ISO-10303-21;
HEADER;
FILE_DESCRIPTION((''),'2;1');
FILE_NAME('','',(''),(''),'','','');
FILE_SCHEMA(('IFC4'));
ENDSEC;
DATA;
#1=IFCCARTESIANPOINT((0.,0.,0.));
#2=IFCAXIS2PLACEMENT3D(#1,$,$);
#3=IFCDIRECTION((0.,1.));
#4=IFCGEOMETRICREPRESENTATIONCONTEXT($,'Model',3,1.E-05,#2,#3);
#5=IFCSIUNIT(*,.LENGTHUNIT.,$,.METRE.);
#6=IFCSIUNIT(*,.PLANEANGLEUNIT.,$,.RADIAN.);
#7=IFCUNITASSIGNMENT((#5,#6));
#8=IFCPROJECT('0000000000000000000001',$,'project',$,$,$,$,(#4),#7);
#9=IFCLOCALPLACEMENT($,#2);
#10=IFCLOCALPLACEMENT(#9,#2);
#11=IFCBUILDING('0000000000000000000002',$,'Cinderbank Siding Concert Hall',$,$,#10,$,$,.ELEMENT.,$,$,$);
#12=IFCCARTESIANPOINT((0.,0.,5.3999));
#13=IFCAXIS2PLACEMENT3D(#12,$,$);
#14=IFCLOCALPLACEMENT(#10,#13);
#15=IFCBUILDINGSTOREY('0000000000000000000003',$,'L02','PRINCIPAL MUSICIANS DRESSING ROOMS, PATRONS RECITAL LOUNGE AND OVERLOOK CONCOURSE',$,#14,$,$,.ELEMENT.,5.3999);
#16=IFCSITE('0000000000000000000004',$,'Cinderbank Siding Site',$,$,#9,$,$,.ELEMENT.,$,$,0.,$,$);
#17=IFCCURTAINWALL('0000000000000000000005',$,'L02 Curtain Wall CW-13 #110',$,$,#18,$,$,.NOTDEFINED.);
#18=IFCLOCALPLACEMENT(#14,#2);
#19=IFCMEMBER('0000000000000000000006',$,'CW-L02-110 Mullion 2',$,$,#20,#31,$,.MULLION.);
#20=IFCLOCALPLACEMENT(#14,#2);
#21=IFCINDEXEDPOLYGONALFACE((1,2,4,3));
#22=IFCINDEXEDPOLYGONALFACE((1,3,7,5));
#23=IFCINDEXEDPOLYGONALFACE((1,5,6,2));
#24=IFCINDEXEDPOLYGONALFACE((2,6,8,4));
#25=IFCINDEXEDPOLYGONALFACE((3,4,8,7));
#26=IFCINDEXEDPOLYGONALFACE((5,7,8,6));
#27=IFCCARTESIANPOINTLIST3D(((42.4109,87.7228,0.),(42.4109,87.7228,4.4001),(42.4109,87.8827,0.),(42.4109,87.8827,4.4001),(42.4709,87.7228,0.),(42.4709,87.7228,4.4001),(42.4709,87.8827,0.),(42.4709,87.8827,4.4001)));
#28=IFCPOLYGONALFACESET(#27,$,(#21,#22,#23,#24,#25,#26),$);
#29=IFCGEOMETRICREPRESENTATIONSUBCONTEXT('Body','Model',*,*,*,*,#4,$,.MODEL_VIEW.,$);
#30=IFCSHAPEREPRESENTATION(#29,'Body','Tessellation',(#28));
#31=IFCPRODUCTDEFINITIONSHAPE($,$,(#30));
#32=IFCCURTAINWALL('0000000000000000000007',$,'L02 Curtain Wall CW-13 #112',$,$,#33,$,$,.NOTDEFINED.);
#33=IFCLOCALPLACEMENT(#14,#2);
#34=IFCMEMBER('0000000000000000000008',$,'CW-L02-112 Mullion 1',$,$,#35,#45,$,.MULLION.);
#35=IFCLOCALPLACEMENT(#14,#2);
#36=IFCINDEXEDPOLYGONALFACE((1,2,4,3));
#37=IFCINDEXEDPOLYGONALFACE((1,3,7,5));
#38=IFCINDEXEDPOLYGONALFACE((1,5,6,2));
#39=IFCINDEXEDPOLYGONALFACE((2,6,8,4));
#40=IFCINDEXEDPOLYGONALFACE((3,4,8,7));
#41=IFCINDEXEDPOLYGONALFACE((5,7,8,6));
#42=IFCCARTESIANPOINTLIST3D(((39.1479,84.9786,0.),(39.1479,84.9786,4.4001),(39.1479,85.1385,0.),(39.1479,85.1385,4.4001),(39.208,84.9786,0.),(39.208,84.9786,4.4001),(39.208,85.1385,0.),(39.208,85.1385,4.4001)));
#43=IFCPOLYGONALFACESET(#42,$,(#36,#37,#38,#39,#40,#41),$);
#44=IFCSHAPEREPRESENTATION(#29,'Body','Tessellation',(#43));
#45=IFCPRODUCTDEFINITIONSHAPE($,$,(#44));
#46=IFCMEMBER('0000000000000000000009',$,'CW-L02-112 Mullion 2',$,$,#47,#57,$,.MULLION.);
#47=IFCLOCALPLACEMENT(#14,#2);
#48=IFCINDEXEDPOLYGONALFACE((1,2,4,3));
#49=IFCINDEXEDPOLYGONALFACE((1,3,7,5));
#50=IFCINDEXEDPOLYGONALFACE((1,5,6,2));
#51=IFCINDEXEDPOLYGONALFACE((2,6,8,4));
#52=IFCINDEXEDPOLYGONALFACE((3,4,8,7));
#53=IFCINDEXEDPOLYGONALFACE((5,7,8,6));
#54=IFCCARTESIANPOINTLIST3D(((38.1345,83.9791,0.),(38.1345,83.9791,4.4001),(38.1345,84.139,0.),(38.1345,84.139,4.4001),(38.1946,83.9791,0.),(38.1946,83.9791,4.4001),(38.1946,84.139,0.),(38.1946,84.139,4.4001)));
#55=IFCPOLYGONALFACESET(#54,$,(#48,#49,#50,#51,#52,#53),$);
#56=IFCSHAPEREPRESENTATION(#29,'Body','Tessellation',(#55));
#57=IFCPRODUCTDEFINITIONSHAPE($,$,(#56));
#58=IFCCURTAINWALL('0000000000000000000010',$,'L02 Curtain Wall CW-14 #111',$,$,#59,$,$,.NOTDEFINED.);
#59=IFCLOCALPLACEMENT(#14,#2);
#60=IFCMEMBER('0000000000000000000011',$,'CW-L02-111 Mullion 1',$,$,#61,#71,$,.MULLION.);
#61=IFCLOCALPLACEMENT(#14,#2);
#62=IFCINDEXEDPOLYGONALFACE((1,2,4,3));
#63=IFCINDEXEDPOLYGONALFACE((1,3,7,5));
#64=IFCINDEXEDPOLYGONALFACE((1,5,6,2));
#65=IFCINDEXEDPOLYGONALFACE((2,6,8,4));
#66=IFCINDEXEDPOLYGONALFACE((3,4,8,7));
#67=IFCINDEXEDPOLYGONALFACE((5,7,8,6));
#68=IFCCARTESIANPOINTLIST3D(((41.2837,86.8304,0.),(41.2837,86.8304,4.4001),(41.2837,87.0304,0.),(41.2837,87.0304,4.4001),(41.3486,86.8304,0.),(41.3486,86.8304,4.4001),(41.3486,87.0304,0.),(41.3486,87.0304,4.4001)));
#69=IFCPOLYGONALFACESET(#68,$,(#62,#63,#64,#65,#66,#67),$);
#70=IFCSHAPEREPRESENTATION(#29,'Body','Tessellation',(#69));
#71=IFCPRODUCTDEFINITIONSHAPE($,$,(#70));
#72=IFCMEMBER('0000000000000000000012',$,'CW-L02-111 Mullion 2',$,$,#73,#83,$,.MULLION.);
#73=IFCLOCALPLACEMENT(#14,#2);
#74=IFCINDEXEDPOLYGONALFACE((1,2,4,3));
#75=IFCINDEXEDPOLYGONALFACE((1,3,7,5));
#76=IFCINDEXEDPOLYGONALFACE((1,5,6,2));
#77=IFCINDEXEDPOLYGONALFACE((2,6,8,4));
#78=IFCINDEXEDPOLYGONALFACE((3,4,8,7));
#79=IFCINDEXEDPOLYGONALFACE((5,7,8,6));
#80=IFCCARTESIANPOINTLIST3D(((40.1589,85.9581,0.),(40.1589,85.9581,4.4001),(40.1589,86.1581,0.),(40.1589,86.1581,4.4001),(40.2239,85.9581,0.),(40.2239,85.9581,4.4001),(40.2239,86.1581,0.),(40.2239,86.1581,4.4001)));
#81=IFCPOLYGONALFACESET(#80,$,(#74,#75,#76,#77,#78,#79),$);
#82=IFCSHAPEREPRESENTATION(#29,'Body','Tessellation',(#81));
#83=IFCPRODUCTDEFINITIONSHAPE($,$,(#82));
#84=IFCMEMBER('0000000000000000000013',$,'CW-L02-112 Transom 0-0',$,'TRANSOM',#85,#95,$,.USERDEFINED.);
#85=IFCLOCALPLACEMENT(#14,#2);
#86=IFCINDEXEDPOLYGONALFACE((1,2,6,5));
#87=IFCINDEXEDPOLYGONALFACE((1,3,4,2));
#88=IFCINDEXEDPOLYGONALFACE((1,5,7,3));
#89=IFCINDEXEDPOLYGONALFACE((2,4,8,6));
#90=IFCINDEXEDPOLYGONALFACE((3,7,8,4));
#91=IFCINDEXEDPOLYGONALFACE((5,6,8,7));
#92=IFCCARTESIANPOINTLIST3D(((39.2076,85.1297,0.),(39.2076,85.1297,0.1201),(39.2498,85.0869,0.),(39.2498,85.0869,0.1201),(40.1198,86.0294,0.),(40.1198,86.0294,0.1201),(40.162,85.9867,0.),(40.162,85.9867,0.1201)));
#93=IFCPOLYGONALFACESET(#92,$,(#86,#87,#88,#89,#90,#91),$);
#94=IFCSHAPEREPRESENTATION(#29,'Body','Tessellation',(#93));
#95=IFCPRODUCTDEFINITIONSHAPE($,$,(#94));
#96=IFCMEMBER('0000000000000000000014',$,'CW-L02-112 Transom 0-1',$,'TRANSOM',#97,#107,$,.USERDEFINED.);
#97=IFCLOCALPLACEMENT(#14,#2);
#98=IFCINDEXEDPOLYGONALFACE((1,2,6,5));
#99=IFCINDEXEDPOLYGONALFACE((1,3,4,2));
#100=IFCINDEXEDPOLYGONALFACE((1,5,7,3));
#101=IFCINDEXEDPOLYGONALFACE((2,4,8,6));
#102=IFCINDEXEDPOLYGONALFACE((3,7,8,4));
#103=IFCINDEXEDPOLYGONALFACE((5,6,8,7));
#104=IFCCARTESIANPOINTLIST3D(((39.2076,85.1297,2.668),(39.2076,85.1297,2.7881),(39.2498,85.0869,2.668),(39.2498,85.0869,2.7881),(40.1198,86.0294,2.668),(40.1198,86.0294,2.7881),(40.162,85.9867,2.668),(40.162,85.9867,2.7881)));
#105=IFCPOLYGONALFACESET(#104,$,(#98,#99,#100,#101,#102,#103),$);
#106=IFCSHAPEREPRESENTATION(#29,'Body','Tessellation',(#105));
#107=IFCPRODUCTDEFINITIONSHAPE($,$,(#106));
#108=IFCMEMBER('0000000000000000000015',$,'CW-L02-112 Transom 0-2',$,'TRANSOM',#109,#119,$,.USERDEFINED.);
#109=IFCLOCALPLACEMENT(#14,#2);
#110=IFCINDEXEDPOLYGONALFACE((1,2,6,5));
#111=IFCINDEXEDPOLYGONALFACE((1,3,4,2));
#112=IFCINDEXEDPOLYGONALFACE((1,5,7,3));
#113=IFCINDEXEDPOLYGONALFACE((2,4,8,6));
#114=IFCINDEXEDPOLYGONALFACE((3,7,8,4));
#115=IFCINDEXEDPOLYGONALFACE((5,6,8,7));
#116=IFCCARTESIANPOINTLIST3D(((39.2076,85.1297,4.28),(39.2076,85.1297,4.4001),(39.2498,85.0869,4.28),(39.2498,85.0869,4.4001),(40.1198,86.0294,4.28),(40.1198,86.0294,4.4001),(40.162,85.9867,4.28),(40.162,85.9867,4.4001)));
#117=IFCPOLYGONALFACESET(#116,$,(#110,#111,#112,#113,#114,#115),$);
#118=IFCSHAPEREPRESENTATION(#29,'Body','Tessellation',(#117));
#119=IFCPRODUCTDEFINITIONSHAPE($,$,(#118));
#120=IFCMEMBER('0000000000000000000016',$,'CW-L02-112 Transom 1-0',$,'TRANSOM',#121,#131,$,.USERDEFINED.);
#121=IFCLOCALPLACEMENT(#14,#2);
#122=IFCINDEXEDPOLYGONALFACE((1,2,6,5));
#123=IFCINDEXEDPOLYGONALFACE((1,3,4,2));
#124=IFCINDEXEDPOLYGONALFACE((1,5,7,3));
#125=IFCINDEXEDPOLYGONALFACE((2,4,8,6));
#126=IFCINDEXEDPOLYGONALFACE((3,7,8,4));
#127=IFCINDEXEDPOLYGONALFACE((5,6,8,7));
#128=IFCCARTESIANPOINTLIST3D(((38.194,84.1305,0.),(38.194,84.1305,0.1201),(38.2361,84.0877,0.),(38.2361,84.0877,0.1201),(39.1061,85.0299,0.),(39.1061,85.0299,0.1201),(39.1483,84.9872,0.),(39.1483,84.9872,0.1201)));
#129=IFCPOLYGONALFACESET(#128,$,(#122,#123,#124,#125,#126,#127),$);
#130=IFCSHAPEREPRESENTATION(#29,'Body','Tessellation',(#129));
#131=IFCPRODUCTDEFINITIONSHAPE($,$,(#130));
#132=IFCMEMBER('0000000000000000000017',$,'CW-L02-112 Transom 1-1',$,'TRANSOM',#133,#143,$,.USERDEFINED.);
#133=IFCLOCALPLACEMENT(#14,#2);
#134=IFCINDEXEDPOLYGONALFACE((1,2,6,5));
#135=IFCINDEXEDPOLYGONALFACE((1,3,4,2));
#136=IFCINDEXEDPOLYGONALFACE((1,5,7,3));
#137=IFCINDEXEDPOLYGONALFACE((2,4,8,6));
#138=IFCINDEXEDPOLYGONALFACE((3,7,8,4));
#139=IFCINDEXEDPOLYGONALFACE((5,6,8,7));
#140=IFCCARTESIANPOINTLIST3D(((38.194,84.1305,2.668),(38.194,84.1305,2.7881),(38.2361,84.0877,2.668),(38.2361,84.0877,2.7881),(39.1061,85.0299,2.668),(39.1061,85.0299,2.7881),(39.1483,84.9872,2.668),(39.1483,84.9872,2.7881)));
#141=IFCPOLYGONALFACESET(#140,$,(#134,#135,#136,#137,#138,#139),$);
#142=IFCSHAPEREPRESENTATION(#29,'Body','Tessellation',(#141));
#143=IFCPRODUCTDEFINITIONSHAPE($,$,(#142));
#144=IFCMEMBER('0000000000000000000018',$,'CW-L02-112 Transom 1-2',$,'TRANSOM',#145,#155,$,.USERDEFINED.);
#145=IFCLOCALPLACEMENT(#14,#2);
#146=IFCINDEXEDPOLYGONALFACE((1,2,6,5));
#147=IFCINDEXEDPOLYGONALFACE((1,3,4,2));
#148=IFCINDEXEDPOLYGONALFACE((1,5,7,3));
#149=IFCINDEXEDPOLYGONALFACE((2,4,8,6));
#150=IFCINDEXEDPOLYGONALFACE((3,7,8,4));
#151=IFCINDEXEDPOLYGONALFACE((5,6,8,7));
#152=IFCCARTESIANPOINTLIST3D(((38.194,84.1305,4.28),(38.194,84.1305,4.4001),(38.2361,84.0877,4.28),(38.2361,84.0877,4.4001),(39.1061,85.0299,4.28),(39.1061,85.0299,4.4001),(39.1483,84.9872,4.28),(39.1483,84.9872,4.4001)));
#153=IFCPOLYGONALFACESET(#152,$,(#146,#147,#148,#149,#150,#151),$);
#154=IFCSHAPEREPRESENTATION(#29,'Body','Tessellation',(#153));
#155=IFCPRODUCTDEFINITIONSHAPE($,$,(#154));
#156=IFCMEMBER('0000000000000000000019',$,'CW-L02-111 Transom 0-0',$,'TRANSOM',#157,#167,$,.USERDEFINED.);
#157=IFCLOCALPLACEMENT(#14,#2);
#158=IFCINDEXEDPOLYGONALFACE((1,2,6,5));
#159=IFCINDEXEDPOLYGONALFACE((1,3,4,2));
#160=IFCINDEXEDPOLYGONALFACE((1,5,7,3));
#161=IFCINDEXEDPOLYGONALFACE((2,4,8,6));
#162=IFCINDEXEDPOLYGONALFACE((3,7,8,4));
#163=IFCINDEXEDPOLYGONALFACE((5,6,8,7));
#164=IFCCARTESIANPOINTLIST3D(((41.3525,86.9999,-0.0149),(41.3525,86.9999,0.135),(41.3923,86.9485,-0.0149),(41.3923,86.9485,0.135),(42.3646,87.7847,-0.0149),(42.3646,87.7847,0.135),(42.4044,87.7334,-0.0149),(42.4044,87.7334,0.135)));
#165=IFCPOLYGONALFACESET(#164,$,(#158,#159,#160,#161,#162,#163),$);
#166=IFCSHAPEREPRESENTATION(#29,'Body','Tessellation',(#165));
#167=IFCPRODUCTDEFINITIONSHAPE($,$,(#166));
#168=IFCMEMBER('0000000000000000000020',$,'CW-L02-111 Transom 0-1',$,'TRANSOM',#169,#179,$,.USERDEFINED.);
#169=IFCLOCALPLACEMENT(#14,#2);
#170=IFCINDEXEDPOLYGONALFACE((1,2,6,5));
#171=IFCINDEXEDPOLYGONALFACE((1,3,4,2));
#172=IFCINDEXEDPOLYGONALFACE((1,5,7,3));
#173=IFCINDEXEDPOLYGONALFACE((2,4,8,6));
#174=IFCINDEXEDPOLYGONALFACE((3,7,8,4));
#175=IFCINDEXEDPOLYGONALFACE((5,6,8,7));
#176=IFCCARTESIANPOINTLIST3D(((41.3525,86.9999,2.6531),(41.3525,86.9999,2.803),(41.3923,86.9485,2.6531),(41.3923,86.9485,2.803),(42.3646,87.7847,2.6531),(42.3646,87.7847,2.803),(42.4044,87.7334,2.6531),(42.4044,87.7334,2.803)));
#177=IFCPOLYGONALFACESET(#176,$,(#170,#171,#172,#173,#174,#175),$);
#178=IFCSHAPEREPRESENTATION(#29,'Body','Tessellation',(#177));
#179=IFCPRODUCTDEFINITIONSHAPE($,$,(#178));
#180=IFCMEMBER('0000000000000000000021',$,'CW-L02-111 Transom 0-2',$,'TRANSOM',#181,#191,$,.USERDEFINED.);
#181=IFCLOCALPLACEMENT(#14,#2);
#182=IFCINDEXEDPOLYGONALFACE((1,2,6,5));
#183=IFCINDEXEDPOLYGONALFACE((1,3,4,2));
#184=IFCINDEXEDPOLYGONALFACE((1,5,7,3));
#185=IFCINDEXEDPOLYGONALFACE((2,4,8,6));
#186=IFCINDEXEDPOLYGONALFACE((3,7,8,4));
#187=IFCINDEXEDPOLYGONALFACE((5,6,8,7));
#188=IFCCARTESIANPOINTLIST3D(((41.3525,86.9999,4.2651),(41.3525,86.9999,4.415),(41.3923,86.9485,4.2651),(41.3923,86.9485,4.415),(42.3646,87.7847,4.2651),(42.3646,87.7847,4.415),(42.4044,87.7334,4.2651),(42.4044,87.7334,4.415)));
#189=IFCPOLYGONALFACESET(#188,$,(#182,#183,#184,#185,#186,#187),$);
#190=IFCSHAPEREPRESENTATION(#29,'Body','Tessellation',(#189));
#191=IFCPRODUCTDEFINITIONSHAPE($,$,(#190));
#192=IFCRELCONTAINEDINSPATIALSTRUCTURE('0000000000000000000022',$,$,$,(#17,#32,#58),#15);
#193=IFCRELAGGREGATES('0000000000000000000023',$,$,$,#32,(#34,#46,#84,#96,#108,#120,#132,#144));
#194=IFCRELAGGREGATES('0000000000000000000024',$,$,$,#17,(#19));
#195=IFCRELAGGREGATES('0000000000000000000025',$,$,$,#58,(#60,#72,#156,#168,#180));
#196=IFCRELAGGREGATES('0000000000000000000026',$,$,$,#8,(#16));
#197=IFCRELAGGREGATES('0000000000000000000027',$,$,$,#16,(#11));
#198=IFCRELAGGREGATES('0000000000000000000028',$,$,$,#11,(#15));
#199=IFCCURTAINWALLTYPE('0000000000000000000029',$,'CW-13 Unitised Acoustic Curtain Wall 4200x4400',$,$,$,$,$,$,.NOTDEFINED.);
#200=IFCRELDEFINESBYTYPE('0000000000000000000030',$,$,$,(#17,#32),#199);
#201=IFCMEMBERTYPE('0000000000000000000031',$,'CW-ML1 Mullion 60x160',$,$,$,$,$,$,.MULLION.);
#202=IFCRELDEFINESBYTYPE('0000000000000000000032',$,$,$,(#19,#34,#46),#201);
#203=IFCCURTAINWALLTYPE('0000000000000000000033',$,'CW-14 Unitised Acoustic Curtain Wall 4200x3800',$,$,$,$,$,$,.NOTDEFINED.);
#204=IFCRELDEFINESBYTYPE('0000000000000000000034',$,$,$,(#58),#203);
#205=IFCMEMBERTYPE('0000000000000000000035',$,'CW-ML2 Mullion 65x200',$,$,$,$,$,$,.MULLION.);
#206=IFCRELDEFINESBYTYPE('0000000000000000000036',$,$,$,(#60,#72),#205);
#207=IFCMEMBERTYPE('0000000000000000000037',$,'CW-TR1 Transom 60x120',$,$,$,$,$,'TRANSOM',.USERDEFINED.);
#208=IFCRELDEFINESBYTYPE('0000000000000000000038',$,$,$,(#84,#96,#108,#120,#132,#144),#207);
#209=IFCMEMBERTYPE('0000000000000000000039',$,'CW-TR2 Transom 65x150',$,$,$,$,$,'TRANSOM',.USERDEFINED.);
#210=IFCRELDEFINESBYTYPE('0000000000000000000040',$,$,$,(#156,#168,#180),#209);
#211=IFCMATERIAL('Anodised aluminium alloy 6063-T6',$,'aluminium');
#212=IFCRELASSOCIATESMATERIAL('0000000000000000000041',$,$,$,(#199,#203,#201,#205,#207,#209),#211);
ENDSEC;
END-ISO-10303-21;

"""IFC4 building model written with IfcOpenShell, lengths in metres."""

from ifc_helpers import new_model, si_unit, direction, frame, origin, origin_2d, place, context, subcontext, project, spatial, rectangle, extrude, material, material_profile, profile_set, type_object, element, aggregate, save


model = new_model("IFC4")

# Units and contexts
model_context = context("Model", 3, precision=1e-05, world=origin(), true_north=direction((0.0, 1.0)))
body_context = subcontext(model_context, "Body", "Model", "MODEL_VIEW")
ifc_project = project(units=[si_unit("LENGTHUNIT", "METRE"), si_unit("PLANEANGLEUNIT", "RADIAN")], contexts=[model_context])

# Site, building, storey
site_placement = place(None, origin())
site = spatial("IfcSite", under=ifc_project, at=site_placement, Name="Cinderbank Siding Site", CompositionType="ELEMENT", RefElevation=0.0)
building_placement = place(site_placement, origin())
building = spatial("IfcBuilding", under=site, at=building_placement, Name="Cinderbank Siding Concert Hall", CompositionType="ELEMENT")
storey_placement = place(building_placement, frame((0.0, 0.0, 5.3999)))
storey = spatial("IfcBuildingStorey", under=building, at=storey_placement, Name="L02", Description="PRINCIPAL MUSICIANS DRESSING ROOMS, PATRONS RECITAL LOUNGE AND OVERLOOK CONCOURSE", CompositionType="ELEMENT", Elevation=5.3999)

# Curtain wall, member
ifc_material_1 = material(Name="Anodised aluminium alloy 6063-T6", Category="aluminium")
curtain_wall_type_1 = type_object("IfcCurtainWallType", Name="CW-13 Unitised Acoustic Curtain Wall 4200x4400", PredefinedType="NOTDEFINED", material=ifc_material_1)
curtain_wall_1_placement = place(storey_placement, origin())
curtain_wall_1 = element("IfcCurtainWall", 1, at=curtain_wall_1_placement, inside=storey, type_object=curtain_wall_type_1, Name="L02 Curtain Wall CW-13 #110", PredefinedType="NOTDEFINED")
ifc_material_profile_1 = material_profile(ifc_material_1, rectangle(XDim=0.0601, YDim=0.1599, at=origin_2d()), Name="ALU-MULL-60x160", Category="LoadBearing")
ifc_profile_set_1 = profile_set([ifc_material_profile_1], Name="Anodised aluminium alloy 6063-T6")
member_type_1 = type_object("IfcMemberType", Name="CW-ML1 Mullion 60x160", PredefinedType="MULLION", material=ifc_profile_set_1)
member_1_placement = place(storey_placement, frame((42.4409, 87.8027, 0.0), z_axis=(0.0, 0.0, 1.0), x_axis=(1.0, 0.0, 0.0)))
member_1 = element("IfcMember", 2, at=member_1_placement, type_object=member_type_1, Name="CW-L02-110 Mullion 2", PredefinedType="MULLION", context=body_context, shape_type="SweptSolid", body=[
    extrude(rectangle(XDim=0.0601, YDim=0.1599, at=origin_2d()), origin(), (0.0, 0.0, 1.0), 4.4001),
])

# Curtain walls, members
curtain_wall_2_placement = place(storey_placement, origin())
curtain_wall_2 = element("IfcCurtainWall", 3, at=curtain_wall_2_placement, inside=storey, type_object=curtain_wall_type_1, Name="L02 Curtain Wall CW-13 #112", PredefinedType="NOTDEFINED")
member_2_placement = place(storey_placement, frame((39.178, 85.0586, 0.0), z_axis=(0.0, 0.0, 1.0), x_axis=(1.0, 0.0, 0.0)))
member_2 = element("IfcMember", 4, at=member_2_placement, type_object=member_type_1, Name="CW-L02-112 Mullion 1", PredefinedType="MULLION", context=body_context, shape_type="SweptSolid", body=[
    extrude(rectangle(XDim=0.0601, YDim=0.1599, at=origin_2d()), origin(), (0.0, 0.0, 1.0), 4.4001),
])
member_3_placement = place(storey_placement, frame((38.1646, 84.0591, 0.0), z_axis=(0.0, 0.0, 1.0), x_axis=(1.0, 0.0, 0.0)))
member_3 = element("IfcMember", 5, at=member_3_placement, type_object=member_type_1, Name="CW-L02-112 Mullion 2", PredefinedType="MULLION", context=body_context, shape_type="SweptSolid", body=[
    extrude(rectangle(XDim=0.0601, YDim=0.1599, at=origin_2d()), origin(), (0.0, 0.0, 1.0), 4.4001),
])
curtain_wall_type_2 = type_object("IfcCurtainWallType", Name="CW-14 Unitised Acoustic Curtain Wall 4200x3800", PredefinedType="NOTDEFINED", material=ifc_material_1)
curtain_wall_3_placement = place(storey_placement, origin())
curtain_wall_3 = element("IfcCurtainWall", 6, at=curtain_wall_3_placement, inside=storey, type_object=curtain_wall_type_2, Name="L02 Curtain Wall CW-14 #111", PredefinedType="NOTDEFINED")
ifc_material_profile_2 = material_profile(ifc_material_1, rectangle(XDim=0.0649, YDim=0.2, at=origin_2d()), Name="ALU-MULL-65x200", Category="LoadBearing")
ifc_profile_set_2 = profile_set([ifc_material_profile_2], Name="Anodised aluminium alloy 6063-T6")
member_type_2 = type_object("IfcMemberType", Name="CW-ML2 Mullion 65x200", PredefinedType="MULLION", material=ifc_profile_set_2)
member_4_placement = place(storey_placement, frame((41.3162, 86.9304, 0.0), z_axis=(0.0, 0.0, 1.0), x_axis=(1.0, 0.0, 0.0)))
member_4 = element("IfcMember", 7, at=member_4_placement, type_object=member_type_2, Name="CW-L02-111 Mullion 1", PredefinedType="MULLION", context=body_context, shape_type="SweptSolid", body=[
    extrude(rectangle(XDim=0.0649, YDim=0.2, at=origin_2d()), origin(), (0.0, 0.0, 1.0), 4.4001),
])
member_5_placement = place(storey_placement, frame((40.1914, 86.0581, 0.0), z_axis=(0.0, 0.0, 1.0), x_axis=(1.0, 0.0, 0.0)))
member_5 = element("IfcMember", 8, at=member_5_placement, type_object=member_type_2, Name="CW-L02-111 Mullion 2", PredefinedType="MULLION", context=body_context, shape_type="SweptSolid", body=[
    extrude(rectangle(XDim=0.0649, YDim=0.2, at=origin_2d()), origin(), (0.0, 0.0, 1.0), 4.4001),
])

# Members
ifc_material_profile_3 = material_profile(ifc_material_1, rectangle(XDim=0.0601, YDim=0.1201, at=origin_2d()), Name="ALU-TRAN-60x120", Category="LoadBearing")
ifc_profile_set_3 = profile_set([ifc_material_profile_3], Name="Anodised aluminium alloy 6063-T6")
member_type_3 = type_object("IfcMemberType", Name="CW-TR1 Transom 60x120", ElementType="TRANSOM", PredefinedType="USERDEFINED", material=ifc_profile_set_3)
member_6_placement = place(storey_placement, frame((40.1409, 86.0081, 0.0601), z_axis=(-0.711949, -0.702231, 0.0), x_axis=(0.702231, -0.711949, 0.0)))
member_6 = element("IfcMember", 9, at=member_6_placement, type_object=member_type_3, Name="CW-L02-112 Transom 0-0", ObjectType="TRANSOM", PredefinedType="USERDEFINED", context=body_context, shape_type="SweptSolid", body=[
    extrude(rectangle(XDim=0.0601, YDim=0.1201, at=origin_2d()), origin(), (0.0, 0.0, 1.0), 1.2812),
])
member_7_placement = place(storey_placement, frame((40.1409, 86.0081, 2.728), z_axis=(-0.711949, -0.702231, 0.0), x_axis=(0.702231, -0.711949, 0.0)))
member_7 = element("IfcMember", 10, at=member_7_placement, type_object=member_type_3, Name="CW-L02-112 Transom 0-1", ObjectType="TRANSOM", PredefinedType="USERDEFINED", context=body_context, shape_type="SweptSolid", body=[
    extrude(rectangle(XDim=0.0601, YDim=0.1201, at=origin_2d()), origin(), (0.0, 0.0, 1.0), 1.2812),
])
member_8_placement = place(storey_placement, frame((40.1409, 86.0081, 4.3401), z_axis=(-0.711949, -0.702231, 0.0), x_axis=(0.702231, -0.711949, 0.0)))
member_8 = element("IfcMember", 11, at=member_8_placement, type_object=member_type_3, Name="CW-L02-112 Transom 0-2", ObjectType="TRANSOM", PredefinedType="USERDEFINED", context=body_context, shape_type="SweptSolid", body=[
    extrude(rectangle(XDim=0.0601, YDim=0.1201, at=origin_2d()), origin(), (0.0, 0.0, 1.0), 1.2812),
])
member_9_placement = place(storey_placement, frame((39.1272, 85.0085, 0.0601), z_axis=(-0.712045, -0.702134, 0.0), x_axis=(0.702134, -0.712045, 0.0)))
member_9 = element("IfcMember", 12, at=member_9_placement, type_object=member_type_3, Name="CW-L02-112 Transom 1-0", ObjectType="TRANSOM", PredefinedType="USERDEFINED", context=body_context, shape_type="SweptSolid", body=[
    extrude(rectangle(XDim=0.0601, YDim=0.1201, at=origin_2d()), origin(), (0.0, 0.0, 1.0), 1.281),
])
member_10_placement = place(storey_placement, frame((39.1272, 85.0085, 2.728), z_axis=(-0.712045, -0.702134, 0.0), x_axis=(0.702134, -0.712045, 0.0)))
member_10 = element("IfcMember", 13, at=member_10_placement, type_object=member_type_3, Name="CW-L02-112 Transom 1-1", ObjectType="TRANSOM", PredefinedType="USERDEFINED", context=body_context, shape_type="SweptSolid", body=[
    extrude(rectangle(XDim=0.0601, YDim=0.1201, at=origin_2d()), origin(), (0.0, 0.0, 1.0), 1.281),
])
member_11_placement = place(storey_placement, frame((39.1272, 85.0085, 4.3401), z_axis=(-0.712045, -0.702134, 0.0), x_axis=(0.702134, -0.712045, 0.0)))
member_11 = element("IfcMember", 14, at=member_11_placement, type_object=member_type_3, Name="CW-L02-112 Transom 1-2", ObjectType="TRANSOM", PredefinedType="USERDEFINED", context=body_context, shape_type="SweptSolid", body=[
    extrude(rectangle(XDim=0.0601, YDim=0.1201, at=origin_2d()), origin(), (0.0, 0.0, 1.0), 1.281),
])
ifc_material_profile_4 = material_profile(ifc_material_1, rectangle(XDim=0.0649, YDim=0.1499, at=origin_2d()), Name="ALU-TRAN-65x150", Category="LoadBearing")
ifc_profile_set_4 = profile_set([ifc_material_profile_4], Name="Anodised aluminium alloy 6063-T6")
member_type_4 = type_object("IfcMemberType", Name="CW-TR2 Transom 65x150", ElementType="TRANSOM", PredefinedType="USERDEFINED", material=ifc_profile_set_4)
member_12_placement = place(storey_placement, frame((42.3845, 87.759, 0.0601), z_axis=(-0.790244, -0.612792, 0.0), x_axis=(0.612792, -0.790244, 0.0)))
member_12 = element("IfcMember", 15, at=member_12_placement, type_object=member_type_4, Name="CW-L02-111 Transom 0-0", ObjectType="TRANSOM", PredefinedType="USERDEFINED", context=body_context, shape_type="SweptSolid", body=[
    extrude(rectangle(XDim=0.0649, YDim=0.1499, at=origin_2d()), origin(), (0.0, 0.0, 1.0), 1.2808),
])
member_13_placement = place(storey_placement, frame((42.3845, 87.759, 2.728), z_axis=(-0.790244, -0.612792, 0.0), x_axis=(0.612792, -0.790244, 0.0)))
member_13 = element("IfcMember", 16, at=member_13_placement, type_object=member_type_4, Name="CW-L02-111 Transom 0-1", ObjectType="TRANSOM", PredefinedType="USERDEFINED", context=body_context, shape_type="SweptSolid", body=[
    extrude(rectangle(XDim=0.0649, YDim=0.1499, at=origin_2d()), origin(), (0.0, 0.0, 1.0), 1.2808),
])
member_14_placement = place(storey_placement, frame((42.3845, 87.759, 4.3401), z_axis=(-0.790244, -0.612792, 0.0), x_axis=(0.612792, -0.790244, 0.0)))
member_14 = element("IfcMember", 17, at=member_14_placement, type_object=member_type_4, Name="CW-L02-111 Transom 0-2", ObjectType="TRANSOM", PredefinedType="USERDEFINED", context=body_context, shape_type="SweptSolid", body=[
    extrude(rectangle(XDim=0.0649, YDim=0.1499, at=origin_2d()), origin(), (0.0, 0.0, 1.0), 1.2808),
])

aggregate(curtain_wall_2, [member_2, member_3, member_6, member_7, member_8, member_9, member_10, member_11])
aggregate(curtain_wall_1, [member_1])
aggregate(curtain_wall_3, [member_4, member_5, member_12, member_13, member_14])

save(model, "model.ifc")
